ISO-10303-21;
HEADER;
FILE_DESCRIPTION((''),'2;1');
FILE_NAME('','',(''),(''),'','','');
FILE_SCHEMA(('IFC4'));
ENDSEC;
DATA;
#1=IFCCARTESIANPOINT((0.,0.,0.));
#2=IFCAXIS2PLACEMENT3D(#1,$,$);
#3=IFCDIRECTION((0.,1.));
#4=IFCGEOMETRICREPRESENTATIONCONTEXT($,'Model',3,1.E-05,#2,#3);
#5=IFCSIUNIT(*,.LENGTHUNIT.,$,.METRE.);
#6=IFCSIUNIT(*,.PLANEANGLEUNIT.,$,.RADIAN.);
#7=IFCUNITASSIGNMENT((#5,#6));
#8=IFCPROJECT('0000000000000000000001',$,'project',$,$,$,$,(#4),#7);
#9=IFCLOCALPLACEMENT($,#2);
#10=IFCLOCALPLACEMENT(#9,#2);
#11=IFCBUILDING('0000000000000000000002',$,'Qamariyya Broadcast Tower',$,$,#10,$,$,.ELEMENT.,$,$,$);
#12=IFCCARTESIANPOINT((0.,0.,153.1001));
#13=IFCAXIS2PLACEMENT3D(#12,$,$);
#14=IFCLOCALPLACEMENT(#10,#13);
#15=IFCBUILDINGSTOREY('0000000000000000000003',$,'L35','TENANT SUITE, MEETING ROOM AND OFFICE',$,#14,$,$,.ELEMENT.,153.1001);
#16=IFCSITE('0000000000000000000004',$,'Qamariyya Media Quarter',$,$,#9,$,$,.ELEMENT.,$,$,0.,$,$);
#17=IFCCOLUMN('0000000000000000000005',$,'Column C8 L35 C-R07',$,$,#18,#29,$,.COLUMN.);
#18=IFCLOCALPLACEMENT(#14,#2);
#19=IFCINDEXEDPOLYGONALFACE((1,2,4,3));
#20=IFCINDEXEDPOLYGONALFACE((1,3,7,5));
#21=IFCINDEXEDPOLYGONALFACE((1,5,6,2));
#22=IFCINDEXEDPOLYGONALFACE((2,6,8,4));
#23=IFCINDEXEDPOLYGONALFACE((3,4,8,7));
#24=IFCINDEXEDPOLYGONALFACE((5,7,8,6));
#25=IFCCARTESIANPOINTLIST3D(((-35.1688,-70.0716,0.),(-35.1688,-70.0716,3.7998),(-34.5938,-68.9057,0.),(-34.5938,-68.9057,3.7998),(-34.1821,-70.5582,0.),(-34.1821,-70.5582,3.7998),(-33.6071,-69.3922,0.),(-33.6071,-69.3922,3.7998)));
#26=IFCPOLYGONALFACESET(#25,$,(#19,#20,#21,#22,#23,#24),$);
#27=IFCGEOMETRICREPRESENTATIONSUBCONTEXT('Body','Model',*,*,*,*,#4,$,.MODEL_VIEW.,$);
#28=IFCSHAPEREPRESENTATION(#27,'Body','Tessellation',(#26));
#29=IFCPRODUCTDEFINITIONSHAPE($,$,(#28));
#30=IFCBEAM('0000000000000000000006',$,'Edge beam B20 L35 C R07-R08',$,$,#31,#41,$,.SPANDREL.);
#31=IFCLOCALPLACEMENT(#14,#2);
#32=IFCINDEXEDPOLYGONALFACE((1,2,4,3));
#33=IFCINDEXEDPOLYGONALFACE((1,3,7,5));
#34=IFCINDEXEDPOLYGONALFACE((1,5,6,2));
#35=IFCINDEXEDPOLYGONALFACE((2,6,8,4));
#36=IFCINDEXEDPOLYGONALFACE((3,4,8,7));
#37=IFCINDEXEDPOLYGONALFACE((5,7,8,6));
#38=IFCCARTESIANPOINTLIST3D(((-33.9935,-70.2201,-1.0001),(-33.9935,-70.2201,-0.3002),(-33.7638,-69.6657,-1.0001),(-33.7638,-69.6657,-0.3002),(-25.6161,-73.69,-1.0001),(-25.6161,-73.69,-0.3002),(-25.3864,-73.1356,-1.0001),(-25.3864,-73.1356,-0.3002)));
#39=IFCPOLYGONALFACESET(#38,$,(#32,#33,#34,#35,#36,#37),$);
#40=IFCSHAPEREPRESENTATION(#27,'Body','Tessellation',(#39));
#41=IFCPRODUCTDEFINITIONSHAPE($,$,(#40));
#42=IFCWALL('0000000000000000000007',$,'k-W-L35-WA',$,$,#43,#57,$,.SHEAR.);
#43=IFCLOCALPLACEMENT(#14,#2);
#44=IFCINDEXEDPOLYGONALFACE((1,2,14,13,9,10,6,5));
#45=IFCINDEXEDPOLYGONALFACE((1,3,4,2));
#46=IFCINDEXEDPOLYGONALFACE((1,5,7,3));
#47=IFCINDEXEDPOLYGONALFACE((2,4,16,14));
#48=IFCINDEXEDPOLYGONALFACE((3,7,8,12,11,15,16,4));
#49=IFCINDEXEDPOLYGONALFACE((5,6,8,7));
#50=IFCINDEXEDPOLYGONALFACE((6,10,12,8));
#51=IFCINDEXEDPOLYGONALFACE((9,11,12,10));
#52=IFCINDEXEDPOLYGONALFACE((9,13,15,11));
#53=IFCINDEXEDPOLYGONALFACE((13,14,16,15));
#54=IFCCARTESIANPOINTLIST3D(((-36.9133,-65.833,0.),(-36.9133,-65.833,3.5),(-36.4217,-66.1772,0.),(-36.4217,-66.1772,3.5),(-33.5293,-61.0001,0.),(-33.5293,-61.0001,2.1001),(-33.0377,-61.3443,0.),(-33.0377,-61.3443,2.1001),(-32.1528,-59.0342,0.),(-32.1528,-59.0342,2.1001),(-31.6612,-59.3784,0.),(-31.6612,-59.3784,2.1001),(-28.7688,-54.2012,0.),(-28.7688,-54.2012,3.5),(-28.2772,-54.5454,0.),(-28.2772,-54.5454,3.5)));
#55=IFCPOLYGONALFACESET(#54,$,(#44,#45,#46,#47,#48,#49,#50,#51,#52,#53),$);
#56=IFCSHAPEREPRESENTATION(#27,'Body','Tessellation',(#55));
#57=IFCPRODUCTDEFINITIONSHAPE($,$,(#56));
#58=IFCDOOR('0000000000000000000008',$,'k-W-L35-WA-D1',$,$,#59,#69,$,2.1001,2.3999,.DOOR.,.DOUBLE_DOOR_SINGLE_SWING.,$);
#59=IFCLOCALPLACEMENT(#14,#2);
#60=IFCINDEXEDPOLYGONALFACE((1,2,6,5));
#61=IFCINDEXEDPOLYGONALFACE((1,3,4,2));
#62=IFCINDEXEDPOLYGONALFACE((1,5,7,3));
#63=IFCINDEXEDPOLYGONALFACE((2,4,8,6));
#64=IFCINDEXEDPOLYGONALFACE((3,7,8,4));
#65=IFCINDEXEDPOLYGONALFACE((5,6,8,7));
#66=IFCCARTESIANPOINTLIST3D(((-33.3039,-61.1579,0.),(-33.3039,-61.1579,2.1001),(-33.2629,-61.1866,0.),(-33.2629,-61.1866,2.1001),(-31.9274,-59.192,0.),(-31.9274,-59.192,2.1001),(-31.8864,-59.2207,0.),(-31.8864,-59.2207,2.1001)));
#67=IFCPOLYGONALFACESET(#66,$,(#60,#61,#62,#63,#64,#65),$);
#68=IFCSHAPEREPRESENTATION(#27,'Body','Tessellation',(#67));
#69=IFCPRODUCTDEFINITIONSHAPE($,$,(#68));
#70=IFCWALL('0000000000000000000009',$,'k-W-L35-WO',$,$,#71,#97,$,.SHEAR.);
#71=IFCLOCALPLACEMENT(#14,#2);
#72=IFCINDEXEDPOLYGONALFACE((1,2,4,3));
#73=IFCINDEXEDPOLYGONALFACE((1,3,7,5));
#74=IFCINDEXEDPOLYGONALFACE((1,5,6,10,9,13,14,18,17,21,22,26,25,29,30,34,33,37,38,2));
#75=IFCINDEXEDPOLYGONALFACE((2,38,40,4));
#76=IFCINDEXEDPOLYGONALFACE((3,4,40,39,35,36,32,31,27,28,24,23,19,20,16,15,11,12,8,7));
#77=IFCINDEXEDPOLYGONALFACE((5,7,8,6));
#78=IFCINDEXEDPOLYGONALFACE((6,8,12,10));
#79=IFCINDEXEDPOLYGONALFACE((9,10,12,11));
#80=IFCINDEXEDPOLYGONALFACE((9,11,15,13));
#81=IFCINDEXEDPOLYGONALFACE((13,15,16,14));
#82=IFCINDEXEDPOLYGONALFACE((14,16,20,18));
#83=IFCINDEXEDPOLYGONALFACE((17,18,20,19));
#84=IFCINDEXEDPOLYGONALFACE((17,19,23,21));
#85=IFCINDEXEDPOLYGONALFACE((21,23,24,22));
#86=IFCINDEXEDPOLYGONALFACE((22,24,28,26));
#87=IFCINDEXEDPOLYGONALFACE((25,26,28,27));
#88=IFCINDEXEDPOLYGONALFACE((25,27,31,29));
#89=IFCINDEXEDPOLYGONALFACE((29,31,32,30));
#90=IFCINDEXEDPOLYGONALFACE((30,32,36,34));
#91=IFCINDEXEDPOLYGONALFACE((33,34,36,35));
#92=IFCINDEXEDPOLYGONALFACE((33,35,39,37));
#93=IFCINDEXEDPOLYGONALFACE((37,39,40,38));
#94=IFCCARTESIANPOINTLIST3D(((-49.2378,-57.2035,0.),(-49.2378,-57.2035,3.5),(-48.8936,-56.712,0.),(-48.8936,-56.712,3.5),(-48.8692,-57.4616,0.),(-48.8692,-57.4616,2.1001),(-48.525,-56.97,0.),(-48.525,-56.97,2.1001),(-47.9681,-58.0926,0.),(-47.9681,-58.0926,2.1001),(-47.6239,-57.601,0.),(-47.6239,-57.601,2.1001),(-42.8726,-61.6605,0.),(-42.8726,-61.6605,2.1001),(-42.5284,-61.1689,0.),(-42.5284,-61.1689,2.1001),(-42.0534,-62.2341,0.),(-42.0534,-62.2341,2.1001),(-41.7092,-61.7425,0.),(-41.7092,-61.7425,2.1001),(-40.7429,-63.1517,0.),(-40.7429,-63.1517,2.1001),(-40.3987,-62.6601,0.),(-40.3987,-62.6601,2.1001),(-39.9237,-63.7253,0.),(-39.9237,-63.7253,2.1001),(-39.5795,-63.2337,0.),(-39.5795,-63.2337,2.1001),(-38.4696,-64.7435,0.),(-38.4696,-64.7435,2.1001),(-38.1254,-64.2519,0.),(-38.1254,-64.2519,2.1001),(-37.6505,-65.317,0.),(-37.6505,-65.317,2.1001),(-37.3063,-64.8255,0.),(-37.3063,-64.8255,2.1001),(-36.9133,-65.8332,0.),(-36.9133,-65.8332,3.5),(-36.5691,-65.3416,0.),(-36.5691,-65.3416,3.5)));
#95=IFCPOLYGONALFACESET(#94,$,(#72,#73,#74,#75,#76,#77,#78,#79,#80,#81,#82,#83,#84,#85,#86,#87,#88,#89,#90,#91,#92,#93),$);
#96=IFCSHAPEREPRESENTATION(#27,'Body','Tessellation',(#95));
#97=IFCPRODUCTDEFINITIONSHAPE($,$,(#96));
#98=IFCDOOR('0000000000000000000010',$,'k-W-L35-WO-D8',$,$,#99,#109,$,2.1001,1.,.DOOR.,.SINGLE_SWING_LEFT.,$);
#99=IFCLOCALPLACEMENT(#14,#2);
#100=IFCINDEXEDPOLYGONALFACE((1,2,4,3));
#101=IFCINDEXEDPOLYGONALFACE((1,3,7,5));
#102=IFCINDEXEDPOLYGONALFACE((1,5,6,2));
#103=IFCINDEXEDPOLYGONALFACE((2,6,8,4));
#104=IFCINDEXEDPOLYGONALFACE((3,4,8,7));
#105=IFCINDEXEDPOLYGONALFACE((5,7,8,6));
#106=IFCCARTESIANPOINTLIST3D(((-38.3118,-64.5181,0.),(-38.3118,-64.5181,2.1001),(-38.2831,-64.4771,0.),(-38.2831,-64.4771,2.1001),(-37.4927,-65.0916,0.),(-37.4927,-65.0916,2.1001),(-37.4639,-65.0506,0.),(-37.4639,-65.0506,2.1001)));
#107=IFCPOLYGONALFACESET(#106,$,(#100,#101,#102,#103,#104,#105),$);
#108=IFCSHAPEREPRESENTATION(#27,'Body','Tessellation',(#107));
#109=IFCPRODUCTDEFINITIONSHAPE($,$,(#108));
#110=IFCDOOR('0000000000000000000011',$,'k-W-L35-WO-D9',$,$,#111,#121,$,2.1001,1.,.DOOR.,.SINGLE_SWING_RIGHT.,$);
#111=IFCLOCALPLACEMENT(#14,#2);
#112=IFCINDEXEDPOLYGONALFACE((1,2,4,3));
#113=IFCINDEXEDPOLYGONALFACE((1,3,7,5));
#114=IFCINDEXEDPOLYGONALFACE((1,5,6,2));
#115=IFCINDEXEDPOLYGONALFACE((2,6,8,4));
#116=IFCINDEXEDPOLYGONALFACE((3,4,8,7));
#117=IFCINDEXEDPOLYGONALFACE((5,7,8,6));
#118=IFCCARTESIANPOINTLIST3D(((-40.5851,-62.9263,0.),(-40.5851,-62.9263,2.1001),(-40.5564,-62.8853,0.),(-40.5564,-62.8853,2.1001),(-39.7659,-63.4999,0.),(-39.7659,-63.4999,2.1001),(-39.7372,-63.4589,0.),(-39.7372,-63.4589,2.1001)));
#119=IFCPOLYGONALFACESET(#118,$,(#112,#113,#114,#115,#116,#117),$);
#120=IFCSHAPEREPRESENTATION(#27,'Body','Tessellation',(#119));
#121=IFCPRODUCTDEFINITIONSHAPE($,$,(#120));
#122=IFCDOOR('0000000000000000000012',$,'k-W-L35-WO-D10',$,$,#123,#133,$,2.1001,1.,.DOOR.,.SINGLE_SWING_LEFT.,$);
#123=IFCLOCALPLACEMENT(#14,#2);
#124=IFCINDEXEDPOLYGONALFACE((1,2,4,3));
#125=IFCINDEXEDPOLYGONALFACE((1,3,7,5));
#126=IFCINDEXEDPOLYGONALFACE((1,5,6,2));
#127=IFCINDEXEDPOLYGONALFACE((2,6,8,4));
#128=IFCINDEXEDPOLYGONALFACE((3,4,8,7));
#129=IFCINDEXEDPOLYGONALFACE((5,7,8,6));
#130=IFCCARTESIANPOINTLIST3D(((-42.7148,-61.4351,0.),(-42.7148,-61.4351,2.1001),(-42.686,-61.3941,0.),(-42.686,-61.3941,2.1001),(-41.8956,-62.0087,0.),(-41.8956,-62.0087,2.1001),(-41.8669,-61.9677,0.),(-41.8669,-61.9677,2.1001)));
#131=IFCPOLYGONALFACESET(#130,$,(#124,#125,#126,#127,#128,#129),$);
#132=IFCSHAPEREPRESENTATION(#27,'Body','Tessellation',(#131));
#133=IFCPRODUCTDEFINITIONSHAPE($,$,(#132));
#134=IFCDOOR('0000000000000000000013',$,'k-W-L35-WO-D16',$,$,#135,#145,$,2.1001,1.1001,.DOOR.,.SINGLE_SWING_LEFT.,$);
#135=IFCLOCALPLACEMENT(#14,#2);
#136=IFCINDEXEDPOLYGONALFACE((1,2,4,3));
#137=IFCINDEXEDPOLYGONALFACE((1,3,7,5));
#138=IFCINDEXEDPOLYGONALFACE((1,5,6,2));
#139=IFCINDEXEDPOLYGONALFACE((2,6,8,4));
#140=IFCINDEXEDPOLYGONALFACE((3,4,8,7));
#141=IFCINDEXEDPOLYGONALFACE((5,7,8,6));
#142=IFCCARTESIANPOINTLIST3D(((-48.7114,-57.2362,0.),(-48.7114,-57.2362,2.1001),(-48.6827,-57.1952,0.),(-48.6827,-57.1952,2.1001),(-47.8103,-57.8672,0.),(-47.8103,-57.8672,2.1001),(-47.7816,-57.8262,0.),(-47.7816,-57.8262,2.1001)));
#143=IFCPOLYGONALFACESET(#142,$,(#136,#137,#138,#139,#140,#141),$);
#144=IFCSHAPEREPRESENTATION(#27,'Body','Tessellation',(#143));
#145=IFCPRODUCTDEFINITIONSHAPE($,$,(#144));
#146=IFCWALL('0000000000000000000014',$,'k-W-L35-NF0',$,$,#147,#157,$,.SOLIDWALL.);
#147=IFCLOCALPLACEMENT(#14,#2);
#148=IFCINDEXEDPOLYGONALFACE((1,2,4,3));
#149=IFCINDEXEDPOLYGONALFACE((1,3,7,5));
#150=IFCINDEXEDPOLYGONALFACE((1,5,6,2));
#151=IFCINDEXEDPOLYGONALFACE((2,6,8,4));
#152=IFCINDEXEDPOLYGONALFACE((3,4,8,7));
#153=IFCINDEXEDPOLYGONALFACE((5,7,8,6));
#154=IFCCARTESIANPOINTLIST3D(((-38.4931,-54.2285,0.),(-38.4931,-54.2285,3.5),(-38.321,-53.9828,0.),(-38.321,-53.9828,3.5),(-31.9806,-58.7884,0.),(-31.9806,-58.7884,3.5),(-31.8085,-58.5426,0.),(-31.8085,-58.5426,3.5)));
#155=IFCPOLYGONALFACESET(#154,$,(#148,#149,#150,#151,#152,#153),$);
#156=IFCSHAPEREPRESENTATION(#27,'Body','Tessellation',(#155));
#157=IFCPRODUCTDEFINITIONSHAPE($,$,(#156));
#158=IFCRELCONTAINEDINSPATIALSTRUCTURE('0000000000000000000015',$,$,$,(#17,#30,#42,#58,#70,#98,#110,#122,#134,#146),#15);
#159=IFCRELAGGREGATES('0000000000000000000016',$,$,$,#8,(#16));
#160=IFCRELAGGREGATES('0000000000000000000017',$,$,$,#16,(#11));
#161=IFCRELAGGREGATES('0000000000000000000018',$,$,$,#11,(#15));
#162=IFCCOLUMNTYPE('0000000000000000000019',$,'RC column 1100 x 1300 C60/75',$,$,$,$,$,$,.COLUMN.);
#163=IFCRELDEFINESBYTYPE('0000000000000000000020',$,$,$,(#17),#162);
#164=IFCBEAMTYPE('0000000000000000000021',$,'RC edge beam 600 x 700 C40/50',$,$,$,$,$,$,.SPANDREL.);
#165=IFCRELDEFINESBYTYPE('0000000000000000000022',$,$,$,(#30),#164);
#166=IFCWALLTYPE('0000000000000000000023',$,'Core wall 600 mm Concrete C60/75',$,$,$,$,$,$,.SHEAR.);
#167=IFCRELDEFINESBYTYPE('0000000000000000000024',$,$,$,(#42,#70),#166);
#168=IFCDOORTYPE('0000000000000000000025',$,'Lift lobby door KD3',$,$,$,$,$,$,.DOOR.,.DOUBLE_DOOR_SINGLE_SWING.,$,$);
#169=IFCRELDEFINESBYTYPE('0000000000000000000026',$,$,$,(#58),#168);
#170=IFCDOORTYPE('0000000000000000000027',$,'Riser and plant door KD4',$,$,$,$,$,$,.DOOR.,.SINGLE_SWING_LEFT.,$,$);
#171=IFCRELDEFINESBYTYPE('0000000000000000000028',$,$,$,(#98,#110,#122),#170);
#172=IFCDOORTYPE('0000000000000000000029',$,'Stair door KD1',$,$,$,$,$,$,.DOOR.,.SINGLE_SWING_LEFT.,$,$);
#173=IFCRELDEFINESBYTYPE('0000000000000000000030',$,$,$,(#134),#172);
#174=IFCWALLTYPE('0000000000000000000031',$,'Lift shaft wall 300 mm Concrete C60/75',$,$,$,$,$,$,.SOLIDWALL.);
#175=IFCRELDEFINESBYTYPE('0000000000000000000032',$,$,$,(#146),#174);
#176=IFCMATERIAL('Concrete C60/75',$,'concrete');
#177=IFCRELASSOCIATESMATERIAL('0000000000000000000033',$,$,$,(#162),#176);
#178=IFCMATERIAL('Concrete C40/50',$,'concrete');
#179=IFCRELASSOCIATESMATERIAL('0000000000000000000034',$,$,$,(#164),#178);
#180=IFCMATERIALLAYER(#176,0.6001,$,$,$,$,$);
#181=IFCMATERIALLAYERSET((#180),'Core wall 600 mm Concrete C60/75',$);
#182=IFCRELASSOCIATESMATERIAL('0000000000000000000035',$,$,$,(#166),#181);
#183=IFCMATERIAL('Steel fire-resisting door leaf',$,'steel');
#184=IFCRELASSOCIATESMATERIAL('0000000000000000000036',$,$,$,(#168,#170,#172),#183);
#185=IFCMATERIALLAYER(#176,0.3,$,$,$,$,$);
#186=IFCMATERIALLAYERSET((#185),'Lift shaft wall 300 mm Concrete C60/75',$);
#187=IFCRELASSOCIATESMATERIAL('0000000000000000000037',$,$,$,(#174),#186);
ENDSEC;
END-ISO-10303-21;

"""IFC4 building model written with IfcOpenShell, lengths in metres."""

from ifc_helpers import new_model, si_unit, direction, frame, frame_2d, origin, origin_2d, place, context, subcontext, project, spatial, rectangle, extrude, material, layer, layer_set, material_profile, profile_set, type_object, element, fill, save


model = new_model("IFC4")

# Units and contexts
model_context = context("Model", 3, precision=1e-05, world=origin(), true_north=direction((0.0, 1.0)))
body_context = subcontext(model_context, "Body", "Model", "MODEL_VIEW")
ifc_project = project(units=[si_unit("LENGTHUNIT", "METRE"), si_unit("PLANEANGLEUNIT", "RADIAN")], contexts=[model_context])

# Site, building, storey
site_placement = place(None, origin())
site = spatial("IfcSite", under=ifc_project, at=site_placement, Name="Qamariyya Media Quarter", CompositionType="ELEMENT", RefElevation=0.0)
building_placement = place(site_placement, origin())
building = spatial("IfcBuilding", under=site, at=building_placement, Name="Qamariyya Broadcast Tower", CompositionType="ELEMENT")
storey_placement = place(building_placement, frame((0.0, 0.0, 153.1001)))
storey = spatial("IfcBuildingStorey", under=building, at=storey_placement, Name="L35", Description="TENANT SUITE, MEETING ROOM AND OFFICE", CompositionType="ELEMENT", Elevation=153.1001)

# Column
ifc_material_1 = material(Name="Concrete C60/75", Category="concrete")
ifc_material_profile_1 = material_profile(ifc_material_1, rectangle(XDim=1.1001, YDim=1.3, at=origin_2d()))
ifc_profile_set_1 = profile_set([ifc_material_profile_1], Name="Concrete C60/75")
column_type = type_object("IfcColumnType", Name="RC column 1100 x 1300 C60/75", PredefinedType="COLUMN", material=ifc_profile_set_1)
column_placement = place(storey_placement, frame((-34.3879, -69.7319, 0.0), z_axis=(0.0, 0.0, 1.0), x_axis=(0.896873, -0.442289, 0.0)))
element("IfcColumn", 1, at=column_placement, inside=storey, type_object=column_type, Name="Column C8 L35 C-R07", PredefinedType="COLUMN", context=body_context, shape_type="SweptSolid", body=[
    extrude(rectangle(XDim=1.1001, YDim=1.3, at=origin_2d()), origin(), (0.0, 0.0, 1.0), 3.7998),
])

# Beam
ifc_material_2 = material(Name="Concrete C40/50", Category="concrete")
ifc_material_profile_2 = material_profile(ifc_material_2, rectangle(XDim=0.6001, YDim=0.7, at=origin_2d()))
ifc_profile_set_2 = profile_set([ifc_material_profile_2], Name="Concrete C40/50")
beam_type = type_object("IfcBeamType", Name="RC edge beam 600 x 700 C40/50", PredefinedType="SPANDREL", material=ifc_profile_set_2)
beam_placement = place(storey_placement, frame((-33.8787, -69.9429, -0.6501), z_axis=(0.923883, -0.382676, 0.0), x_axis=(0.382676, 0.923883, 0.0)))
element("IfcBeam", 2, at=beam_placement, inside=storey, type_object=beam_type, Name="Edge beam B20 L35 C R07-R08", PredefinedType="SPANDREL", context=body_context, shape_type="SweptSolid", body=[
    extrude(rectangle(XDim=0.6001, YDim=0.7, at=origin_2d()), origin(), (0.0, 0.0, 1.0), 9.0676),
])

# Wall, opening, door
ifc_layer_1 = layer(ifc_material_1, 0.6001)
ifc_layer_set_1 = layer_set([ifc_layer_1], Name="Core wall 600 mm Concrete C60/75")
wall_type_1 = type_object("IfcWallType", Name="Core wall 600 mm Concrete C60/75", PredefinedType="SHEAR", material=ifc_layer_set_1)
wall_1_placement = place(storey_placement, frame((-36.6675, -66.0051, 0.0), z_axis=(0.0, 0.0, 1.0), x_axis=(0.573568, 0.819158, 0.0)))
wall_1 = element("IfcWall", 3, at=wall_1_placement, inside=storey, type_object=wall_type_1, Name="k-W-L35-WA", PredefinedType="SHEAR", context=body_context, shape_type="SweptSolid", body=[
    extrude(rectangle(XDim=14.1997, YDim=0.6001, at=frame_2d((7.0999, 0.0))), origin(), (0.0, 0.0, 1.0), 3.5),
])
opening_1_placement = place(wall_1_placement, frame((5.8999, 0.0, 0.0)))
opening_1 = element("IfcOpeningElement", 4, at=opening_1_placement, cuts=wall_1, PredefinedType="OPENING", context=body_context, shape_type="SweptSolid", body=[
    extrude(rectangle(XDim=2.3999, YDim=2.1001, at=frame_2d((1.2, 1.05))), frame((0.0, 0.3101, 0.0), z_axis=(0.0, -1.0, 0.0), x_axis=(1.0, 0.0, 0.0)), (0.0, 0.0, 1.0), 0.6201),
])
ifc_material_3 = material(Name="Steel fire-resisting door leaf", Category="steel")
door_type_1 = type_object("IfcDoorType", Name="Lift lobby door KD3", OperationType="DOUBLE_DOOR_SINGLE_SWING", PredefinedType="DOOR", material=ifc_material_3)
door_1_placement = place(opening_1_placement, origin())
door_1 = element("IfcDoor", 5, at=door_1_placement, inside=storey, type_object=door_type_1, Name="k-W-L35-WA-D1", OperationType="DOUBLE_DOOR_SINGLE_SWING", OverallHeight=2.1001, OverallWidth=2.3999, PredefinedType="DOOR", context=body_context, shape_type="SweptSolid", body=[
    extrude(rectangle(XDim=2.3999, YDim=2.1001, at=frame_2d((1.2, 1.05))), frame((0.0, 0.0249, 0.0), z_axis=(0.0, -1.0, 0.0), x_axis=(1.0, 0.0, 0.0)), (0.0, 0.0, 1.0), 0.05),
])
fill(opening_1, door_1)

# Wall, openings, doors
wall_2_placement = place(storey_placement, frame((-36.7412, -65.5874, 0.0), z_axis=(0.0, 0.0, 1.0), x_axis=(-0.819153, 0.573575, 0.0)))
wall_2 = element("IfcWall", 6, at=wall_2_placement, inside=storey, type_object=wall_type_1, Name="k-W-L35-WO", PredefinedType="SHEAR", context=body_context, shape_type="SweptSolid", body=[
    extrude(rectangle(XDim=15.0454, YDim=0.6001, at=frame_2d((7.5227, 0.0))), origin(), (0.0, 0.0, 1.0), 3.5),
])
opening_2_placement = place(wall_2_placement, frame((0.8999, 0.0, 0.0)))
opening_2 = element("IfcOpeningElement", 7, at=opening_2_placement, cuts=wall_2, PredefinedType="OPENING", context=body_context, shape_type="SweptSolid", body=[
    extrude(rectangle(XDim=1.0, YDim=2.1001, at=frame_2d((0.5, 1.05))), frame((0.0, 0.3101, 0.0), z_axis=(0.0, -1.0, 0.0), x_axis=(1.0, 0.0, 0.0)), (0.0, 0.0, 1.0), 0.6201),
])
opening_3_placement = place(wall_2_placement, frame((3.675, 0.0, 0.0)))
opening_3 = element("IfcOpeningElement", 8, at=opening_3_placement, cuts=wall_2, PredefinedType="OPENING", context=body_context, shape_type="SweptSolid", body=[
    extrude(rectangle(XDim=1.0, YDim=2.1001, at=frame_2d((0.5, 1.05))), frame((0.0, 0.3101, 0.0), z_axis=(0.0, -1.0, 0.0), x_axis=(1.0, 0.0, 0.0)), (0.0, 0.0, 1.0), 0.6201),
])
opening_4_placement = place(wall_2_placement, frame((6.2749, 0.0, 0.0)))
opening_4 = element("IfcOpeningElement", 9, at=opening_4_placement, cuts=wall_2, PredefinedType="OPENING", context=body_context, shape_type="SweptSolid", body=[
    extrude(rectangle(XDim=1.0, YDim=2.1001, at=frame_2d((0.5, 1.05))), frame((0.0, 0.3101, 0.0), z_axis=(0.0, -1.0, 0.0), x_axis=(1.0, 0.0, 0.0)), (0.0, 0.0, 1.0), 0.6201),
])
opening_5_placement = place(wall_2_placement, frame((13.4954, 0.0, 0.0)))
opening_5 = element("IfcOpeningElement", 10, at=opening_5_placement, cuts=wall_2, PredefinedType="OPENING", context=body_context, shape_type="SweptSolid", body=[
    extrude(rectangle(XDim=1.1001, YDim=2.1001, at=frame_2d((0.55, 1.05))), frame((0.0, 0.3101, 0.0), z_axis=(0.0, -1.0, 0.0), x_axis=(1.0, 0.0, 0.0)), (0.0, 0.0, 1.0), 0.6201),
])
door_type_2 = type_object("IfcDoorType", Name="Riser and plant door KD4", OperationType="SINGLE_SWING_LEFT", PredefinedType="DOOR", material=ifc_material_3)
door_2_placement = place(opening_2_placement, origin())
door_2 = element("IfcDoor", 11, at=door_2_placement, inside=storey, type_object=door_type_2, Name="k-W-L35-WO-D8", OperationType="SINGLE_SWING_LEFT", OverallHeight=2.1001, OverallWidth=1.0, PredefinedType="DOOR", context=body_context, shape_type="SweptSolid", body=[
    extrude(rectangle(XDim=1.0, YDim=2.1001, at=frame_2d((0.5, 1.05))), frame((0.0, 0.0249, 0.0), z_axis=(0.0, -1.0, 0.0), x_axis=(1.0, 0.0, 0.0)), (0.0, 0.0, 1.0), 0.05),
])
fill(opening_2, door_2)
door_3_placement = place(opening_3_placement, origin())
door_3 = element("IfcDoor", 12, at=door_3_placement, inside=storey, type_object=door_type_2, Name="k-W-L35-WO-D9", OperationType="SINGLE_SWING_RIGHT", OverallHeight=2.1001, OverallWidth=1.0, PredefinedType="DOOR", context=body_context, shape_type="SweptSolid", body=[
    extrude(rectangle(XDim=1.0, YDim=2.1001, at=frame_2d((0.5, 1.05))), frame((0.0, 0.0249, 0.0), z_axis=(0.0, -1.0, 0.0), x_axis=(1.0, 0.0, 0.0)), (0.0, 0.0, 1.0), 0.05),
])
fill(opening_3, door_3)
door_4_placement = place(opening_4_placement, origin())
door_4 = element("IfcDoor", 13, at=door_4_placement, inside=storey, type_object=door_type_2, Name="k-W-L35-WO-D10", OperationType="SINGLE_SWING_LEFT", OverallHeight=2.1001, OverallWidth=1.0, PredefinedType="DOOR", context=body_context, shape_type="SweptSolid", body=[
    extrude(rectangle(XDim=1.0, YDim=2.1001, at=frame_2d((0.5, 1.05))), frame((0.0, 0.0249, 0.0), z_axis=(0.0, -1.0, 0.0), x_axis=(1.0, 0.0, 0.0)), (0.0, 0.0, 1.0), 0.05),
])
fill(opening_4, door_4)
door_type_3 = type_object("IfcDoorType", Name="Stair door KD1", OperationType="SINGLE_SWING_LEFT", PredefinedType="DOOR", material=ifc_material_3)
door_5_placement = place(opening_5_placement, origin())
door_5 = element("IfcDoor", 14, at=door_5_placement, inside=storey, type_object=door_type_3, Name="k-W-L35-WO-D16", OperationType="SINGLE_SWING_LEFT", OverallHeight=2.1001, OverallWidth=1.1001, PredefinedType="DOOR", context=body_context, shape_type="SweptSolid", body=[
    extrude(rectangle(XDim=1.1001, YDim=2.1001, at=frame_2d((0.55, 1.05))), frame((0.0, 0.0249, 0.0), z_axis=(0.0, -1.0, 0.0), x_axis=(1.0, 0.0, 0.0)), (0.0, 0.0, 1.0), 0.05),
])
fill(opening_5, door_5)

# Wall
ifc_layer_2 = layer(ifc_material_1, 0.3)
ifc_layer_set_2 = layer_set([ifc_layer_2], Name="Lift shaft wall 300 mm Concrete C60/75")
wall_type_2 = type_object("IfcWallType", Name="Lift shaft wall 300 mm Concrete C60/75", PredefinedType="SOLIDWALL", material=ifc_layer_set_2)
wall_3_placement = place(storey_placement, frame((-31.8945, -58.6655, 0.0), z_axis=(0.0, 0.0, 1.0), x_axis=(-0.819167, 0.573555, 0.0)))
element("IfcWall", 15, at=wall_3_placement, inside=storey, type_object=wall_type_2, Name="k-W-L35-NF0", PredefinedType="SOLIDWALL", context=body_context, shape_type="SweptSolid", body=[
    extrude(rectangle(XDim=7.9502, YDim=0.3, at=frame_2d((3.9751, 0.0))), origin(), (0.0, 0.0, 1.0), 3.5),
])

save(model, "model.ifc")
